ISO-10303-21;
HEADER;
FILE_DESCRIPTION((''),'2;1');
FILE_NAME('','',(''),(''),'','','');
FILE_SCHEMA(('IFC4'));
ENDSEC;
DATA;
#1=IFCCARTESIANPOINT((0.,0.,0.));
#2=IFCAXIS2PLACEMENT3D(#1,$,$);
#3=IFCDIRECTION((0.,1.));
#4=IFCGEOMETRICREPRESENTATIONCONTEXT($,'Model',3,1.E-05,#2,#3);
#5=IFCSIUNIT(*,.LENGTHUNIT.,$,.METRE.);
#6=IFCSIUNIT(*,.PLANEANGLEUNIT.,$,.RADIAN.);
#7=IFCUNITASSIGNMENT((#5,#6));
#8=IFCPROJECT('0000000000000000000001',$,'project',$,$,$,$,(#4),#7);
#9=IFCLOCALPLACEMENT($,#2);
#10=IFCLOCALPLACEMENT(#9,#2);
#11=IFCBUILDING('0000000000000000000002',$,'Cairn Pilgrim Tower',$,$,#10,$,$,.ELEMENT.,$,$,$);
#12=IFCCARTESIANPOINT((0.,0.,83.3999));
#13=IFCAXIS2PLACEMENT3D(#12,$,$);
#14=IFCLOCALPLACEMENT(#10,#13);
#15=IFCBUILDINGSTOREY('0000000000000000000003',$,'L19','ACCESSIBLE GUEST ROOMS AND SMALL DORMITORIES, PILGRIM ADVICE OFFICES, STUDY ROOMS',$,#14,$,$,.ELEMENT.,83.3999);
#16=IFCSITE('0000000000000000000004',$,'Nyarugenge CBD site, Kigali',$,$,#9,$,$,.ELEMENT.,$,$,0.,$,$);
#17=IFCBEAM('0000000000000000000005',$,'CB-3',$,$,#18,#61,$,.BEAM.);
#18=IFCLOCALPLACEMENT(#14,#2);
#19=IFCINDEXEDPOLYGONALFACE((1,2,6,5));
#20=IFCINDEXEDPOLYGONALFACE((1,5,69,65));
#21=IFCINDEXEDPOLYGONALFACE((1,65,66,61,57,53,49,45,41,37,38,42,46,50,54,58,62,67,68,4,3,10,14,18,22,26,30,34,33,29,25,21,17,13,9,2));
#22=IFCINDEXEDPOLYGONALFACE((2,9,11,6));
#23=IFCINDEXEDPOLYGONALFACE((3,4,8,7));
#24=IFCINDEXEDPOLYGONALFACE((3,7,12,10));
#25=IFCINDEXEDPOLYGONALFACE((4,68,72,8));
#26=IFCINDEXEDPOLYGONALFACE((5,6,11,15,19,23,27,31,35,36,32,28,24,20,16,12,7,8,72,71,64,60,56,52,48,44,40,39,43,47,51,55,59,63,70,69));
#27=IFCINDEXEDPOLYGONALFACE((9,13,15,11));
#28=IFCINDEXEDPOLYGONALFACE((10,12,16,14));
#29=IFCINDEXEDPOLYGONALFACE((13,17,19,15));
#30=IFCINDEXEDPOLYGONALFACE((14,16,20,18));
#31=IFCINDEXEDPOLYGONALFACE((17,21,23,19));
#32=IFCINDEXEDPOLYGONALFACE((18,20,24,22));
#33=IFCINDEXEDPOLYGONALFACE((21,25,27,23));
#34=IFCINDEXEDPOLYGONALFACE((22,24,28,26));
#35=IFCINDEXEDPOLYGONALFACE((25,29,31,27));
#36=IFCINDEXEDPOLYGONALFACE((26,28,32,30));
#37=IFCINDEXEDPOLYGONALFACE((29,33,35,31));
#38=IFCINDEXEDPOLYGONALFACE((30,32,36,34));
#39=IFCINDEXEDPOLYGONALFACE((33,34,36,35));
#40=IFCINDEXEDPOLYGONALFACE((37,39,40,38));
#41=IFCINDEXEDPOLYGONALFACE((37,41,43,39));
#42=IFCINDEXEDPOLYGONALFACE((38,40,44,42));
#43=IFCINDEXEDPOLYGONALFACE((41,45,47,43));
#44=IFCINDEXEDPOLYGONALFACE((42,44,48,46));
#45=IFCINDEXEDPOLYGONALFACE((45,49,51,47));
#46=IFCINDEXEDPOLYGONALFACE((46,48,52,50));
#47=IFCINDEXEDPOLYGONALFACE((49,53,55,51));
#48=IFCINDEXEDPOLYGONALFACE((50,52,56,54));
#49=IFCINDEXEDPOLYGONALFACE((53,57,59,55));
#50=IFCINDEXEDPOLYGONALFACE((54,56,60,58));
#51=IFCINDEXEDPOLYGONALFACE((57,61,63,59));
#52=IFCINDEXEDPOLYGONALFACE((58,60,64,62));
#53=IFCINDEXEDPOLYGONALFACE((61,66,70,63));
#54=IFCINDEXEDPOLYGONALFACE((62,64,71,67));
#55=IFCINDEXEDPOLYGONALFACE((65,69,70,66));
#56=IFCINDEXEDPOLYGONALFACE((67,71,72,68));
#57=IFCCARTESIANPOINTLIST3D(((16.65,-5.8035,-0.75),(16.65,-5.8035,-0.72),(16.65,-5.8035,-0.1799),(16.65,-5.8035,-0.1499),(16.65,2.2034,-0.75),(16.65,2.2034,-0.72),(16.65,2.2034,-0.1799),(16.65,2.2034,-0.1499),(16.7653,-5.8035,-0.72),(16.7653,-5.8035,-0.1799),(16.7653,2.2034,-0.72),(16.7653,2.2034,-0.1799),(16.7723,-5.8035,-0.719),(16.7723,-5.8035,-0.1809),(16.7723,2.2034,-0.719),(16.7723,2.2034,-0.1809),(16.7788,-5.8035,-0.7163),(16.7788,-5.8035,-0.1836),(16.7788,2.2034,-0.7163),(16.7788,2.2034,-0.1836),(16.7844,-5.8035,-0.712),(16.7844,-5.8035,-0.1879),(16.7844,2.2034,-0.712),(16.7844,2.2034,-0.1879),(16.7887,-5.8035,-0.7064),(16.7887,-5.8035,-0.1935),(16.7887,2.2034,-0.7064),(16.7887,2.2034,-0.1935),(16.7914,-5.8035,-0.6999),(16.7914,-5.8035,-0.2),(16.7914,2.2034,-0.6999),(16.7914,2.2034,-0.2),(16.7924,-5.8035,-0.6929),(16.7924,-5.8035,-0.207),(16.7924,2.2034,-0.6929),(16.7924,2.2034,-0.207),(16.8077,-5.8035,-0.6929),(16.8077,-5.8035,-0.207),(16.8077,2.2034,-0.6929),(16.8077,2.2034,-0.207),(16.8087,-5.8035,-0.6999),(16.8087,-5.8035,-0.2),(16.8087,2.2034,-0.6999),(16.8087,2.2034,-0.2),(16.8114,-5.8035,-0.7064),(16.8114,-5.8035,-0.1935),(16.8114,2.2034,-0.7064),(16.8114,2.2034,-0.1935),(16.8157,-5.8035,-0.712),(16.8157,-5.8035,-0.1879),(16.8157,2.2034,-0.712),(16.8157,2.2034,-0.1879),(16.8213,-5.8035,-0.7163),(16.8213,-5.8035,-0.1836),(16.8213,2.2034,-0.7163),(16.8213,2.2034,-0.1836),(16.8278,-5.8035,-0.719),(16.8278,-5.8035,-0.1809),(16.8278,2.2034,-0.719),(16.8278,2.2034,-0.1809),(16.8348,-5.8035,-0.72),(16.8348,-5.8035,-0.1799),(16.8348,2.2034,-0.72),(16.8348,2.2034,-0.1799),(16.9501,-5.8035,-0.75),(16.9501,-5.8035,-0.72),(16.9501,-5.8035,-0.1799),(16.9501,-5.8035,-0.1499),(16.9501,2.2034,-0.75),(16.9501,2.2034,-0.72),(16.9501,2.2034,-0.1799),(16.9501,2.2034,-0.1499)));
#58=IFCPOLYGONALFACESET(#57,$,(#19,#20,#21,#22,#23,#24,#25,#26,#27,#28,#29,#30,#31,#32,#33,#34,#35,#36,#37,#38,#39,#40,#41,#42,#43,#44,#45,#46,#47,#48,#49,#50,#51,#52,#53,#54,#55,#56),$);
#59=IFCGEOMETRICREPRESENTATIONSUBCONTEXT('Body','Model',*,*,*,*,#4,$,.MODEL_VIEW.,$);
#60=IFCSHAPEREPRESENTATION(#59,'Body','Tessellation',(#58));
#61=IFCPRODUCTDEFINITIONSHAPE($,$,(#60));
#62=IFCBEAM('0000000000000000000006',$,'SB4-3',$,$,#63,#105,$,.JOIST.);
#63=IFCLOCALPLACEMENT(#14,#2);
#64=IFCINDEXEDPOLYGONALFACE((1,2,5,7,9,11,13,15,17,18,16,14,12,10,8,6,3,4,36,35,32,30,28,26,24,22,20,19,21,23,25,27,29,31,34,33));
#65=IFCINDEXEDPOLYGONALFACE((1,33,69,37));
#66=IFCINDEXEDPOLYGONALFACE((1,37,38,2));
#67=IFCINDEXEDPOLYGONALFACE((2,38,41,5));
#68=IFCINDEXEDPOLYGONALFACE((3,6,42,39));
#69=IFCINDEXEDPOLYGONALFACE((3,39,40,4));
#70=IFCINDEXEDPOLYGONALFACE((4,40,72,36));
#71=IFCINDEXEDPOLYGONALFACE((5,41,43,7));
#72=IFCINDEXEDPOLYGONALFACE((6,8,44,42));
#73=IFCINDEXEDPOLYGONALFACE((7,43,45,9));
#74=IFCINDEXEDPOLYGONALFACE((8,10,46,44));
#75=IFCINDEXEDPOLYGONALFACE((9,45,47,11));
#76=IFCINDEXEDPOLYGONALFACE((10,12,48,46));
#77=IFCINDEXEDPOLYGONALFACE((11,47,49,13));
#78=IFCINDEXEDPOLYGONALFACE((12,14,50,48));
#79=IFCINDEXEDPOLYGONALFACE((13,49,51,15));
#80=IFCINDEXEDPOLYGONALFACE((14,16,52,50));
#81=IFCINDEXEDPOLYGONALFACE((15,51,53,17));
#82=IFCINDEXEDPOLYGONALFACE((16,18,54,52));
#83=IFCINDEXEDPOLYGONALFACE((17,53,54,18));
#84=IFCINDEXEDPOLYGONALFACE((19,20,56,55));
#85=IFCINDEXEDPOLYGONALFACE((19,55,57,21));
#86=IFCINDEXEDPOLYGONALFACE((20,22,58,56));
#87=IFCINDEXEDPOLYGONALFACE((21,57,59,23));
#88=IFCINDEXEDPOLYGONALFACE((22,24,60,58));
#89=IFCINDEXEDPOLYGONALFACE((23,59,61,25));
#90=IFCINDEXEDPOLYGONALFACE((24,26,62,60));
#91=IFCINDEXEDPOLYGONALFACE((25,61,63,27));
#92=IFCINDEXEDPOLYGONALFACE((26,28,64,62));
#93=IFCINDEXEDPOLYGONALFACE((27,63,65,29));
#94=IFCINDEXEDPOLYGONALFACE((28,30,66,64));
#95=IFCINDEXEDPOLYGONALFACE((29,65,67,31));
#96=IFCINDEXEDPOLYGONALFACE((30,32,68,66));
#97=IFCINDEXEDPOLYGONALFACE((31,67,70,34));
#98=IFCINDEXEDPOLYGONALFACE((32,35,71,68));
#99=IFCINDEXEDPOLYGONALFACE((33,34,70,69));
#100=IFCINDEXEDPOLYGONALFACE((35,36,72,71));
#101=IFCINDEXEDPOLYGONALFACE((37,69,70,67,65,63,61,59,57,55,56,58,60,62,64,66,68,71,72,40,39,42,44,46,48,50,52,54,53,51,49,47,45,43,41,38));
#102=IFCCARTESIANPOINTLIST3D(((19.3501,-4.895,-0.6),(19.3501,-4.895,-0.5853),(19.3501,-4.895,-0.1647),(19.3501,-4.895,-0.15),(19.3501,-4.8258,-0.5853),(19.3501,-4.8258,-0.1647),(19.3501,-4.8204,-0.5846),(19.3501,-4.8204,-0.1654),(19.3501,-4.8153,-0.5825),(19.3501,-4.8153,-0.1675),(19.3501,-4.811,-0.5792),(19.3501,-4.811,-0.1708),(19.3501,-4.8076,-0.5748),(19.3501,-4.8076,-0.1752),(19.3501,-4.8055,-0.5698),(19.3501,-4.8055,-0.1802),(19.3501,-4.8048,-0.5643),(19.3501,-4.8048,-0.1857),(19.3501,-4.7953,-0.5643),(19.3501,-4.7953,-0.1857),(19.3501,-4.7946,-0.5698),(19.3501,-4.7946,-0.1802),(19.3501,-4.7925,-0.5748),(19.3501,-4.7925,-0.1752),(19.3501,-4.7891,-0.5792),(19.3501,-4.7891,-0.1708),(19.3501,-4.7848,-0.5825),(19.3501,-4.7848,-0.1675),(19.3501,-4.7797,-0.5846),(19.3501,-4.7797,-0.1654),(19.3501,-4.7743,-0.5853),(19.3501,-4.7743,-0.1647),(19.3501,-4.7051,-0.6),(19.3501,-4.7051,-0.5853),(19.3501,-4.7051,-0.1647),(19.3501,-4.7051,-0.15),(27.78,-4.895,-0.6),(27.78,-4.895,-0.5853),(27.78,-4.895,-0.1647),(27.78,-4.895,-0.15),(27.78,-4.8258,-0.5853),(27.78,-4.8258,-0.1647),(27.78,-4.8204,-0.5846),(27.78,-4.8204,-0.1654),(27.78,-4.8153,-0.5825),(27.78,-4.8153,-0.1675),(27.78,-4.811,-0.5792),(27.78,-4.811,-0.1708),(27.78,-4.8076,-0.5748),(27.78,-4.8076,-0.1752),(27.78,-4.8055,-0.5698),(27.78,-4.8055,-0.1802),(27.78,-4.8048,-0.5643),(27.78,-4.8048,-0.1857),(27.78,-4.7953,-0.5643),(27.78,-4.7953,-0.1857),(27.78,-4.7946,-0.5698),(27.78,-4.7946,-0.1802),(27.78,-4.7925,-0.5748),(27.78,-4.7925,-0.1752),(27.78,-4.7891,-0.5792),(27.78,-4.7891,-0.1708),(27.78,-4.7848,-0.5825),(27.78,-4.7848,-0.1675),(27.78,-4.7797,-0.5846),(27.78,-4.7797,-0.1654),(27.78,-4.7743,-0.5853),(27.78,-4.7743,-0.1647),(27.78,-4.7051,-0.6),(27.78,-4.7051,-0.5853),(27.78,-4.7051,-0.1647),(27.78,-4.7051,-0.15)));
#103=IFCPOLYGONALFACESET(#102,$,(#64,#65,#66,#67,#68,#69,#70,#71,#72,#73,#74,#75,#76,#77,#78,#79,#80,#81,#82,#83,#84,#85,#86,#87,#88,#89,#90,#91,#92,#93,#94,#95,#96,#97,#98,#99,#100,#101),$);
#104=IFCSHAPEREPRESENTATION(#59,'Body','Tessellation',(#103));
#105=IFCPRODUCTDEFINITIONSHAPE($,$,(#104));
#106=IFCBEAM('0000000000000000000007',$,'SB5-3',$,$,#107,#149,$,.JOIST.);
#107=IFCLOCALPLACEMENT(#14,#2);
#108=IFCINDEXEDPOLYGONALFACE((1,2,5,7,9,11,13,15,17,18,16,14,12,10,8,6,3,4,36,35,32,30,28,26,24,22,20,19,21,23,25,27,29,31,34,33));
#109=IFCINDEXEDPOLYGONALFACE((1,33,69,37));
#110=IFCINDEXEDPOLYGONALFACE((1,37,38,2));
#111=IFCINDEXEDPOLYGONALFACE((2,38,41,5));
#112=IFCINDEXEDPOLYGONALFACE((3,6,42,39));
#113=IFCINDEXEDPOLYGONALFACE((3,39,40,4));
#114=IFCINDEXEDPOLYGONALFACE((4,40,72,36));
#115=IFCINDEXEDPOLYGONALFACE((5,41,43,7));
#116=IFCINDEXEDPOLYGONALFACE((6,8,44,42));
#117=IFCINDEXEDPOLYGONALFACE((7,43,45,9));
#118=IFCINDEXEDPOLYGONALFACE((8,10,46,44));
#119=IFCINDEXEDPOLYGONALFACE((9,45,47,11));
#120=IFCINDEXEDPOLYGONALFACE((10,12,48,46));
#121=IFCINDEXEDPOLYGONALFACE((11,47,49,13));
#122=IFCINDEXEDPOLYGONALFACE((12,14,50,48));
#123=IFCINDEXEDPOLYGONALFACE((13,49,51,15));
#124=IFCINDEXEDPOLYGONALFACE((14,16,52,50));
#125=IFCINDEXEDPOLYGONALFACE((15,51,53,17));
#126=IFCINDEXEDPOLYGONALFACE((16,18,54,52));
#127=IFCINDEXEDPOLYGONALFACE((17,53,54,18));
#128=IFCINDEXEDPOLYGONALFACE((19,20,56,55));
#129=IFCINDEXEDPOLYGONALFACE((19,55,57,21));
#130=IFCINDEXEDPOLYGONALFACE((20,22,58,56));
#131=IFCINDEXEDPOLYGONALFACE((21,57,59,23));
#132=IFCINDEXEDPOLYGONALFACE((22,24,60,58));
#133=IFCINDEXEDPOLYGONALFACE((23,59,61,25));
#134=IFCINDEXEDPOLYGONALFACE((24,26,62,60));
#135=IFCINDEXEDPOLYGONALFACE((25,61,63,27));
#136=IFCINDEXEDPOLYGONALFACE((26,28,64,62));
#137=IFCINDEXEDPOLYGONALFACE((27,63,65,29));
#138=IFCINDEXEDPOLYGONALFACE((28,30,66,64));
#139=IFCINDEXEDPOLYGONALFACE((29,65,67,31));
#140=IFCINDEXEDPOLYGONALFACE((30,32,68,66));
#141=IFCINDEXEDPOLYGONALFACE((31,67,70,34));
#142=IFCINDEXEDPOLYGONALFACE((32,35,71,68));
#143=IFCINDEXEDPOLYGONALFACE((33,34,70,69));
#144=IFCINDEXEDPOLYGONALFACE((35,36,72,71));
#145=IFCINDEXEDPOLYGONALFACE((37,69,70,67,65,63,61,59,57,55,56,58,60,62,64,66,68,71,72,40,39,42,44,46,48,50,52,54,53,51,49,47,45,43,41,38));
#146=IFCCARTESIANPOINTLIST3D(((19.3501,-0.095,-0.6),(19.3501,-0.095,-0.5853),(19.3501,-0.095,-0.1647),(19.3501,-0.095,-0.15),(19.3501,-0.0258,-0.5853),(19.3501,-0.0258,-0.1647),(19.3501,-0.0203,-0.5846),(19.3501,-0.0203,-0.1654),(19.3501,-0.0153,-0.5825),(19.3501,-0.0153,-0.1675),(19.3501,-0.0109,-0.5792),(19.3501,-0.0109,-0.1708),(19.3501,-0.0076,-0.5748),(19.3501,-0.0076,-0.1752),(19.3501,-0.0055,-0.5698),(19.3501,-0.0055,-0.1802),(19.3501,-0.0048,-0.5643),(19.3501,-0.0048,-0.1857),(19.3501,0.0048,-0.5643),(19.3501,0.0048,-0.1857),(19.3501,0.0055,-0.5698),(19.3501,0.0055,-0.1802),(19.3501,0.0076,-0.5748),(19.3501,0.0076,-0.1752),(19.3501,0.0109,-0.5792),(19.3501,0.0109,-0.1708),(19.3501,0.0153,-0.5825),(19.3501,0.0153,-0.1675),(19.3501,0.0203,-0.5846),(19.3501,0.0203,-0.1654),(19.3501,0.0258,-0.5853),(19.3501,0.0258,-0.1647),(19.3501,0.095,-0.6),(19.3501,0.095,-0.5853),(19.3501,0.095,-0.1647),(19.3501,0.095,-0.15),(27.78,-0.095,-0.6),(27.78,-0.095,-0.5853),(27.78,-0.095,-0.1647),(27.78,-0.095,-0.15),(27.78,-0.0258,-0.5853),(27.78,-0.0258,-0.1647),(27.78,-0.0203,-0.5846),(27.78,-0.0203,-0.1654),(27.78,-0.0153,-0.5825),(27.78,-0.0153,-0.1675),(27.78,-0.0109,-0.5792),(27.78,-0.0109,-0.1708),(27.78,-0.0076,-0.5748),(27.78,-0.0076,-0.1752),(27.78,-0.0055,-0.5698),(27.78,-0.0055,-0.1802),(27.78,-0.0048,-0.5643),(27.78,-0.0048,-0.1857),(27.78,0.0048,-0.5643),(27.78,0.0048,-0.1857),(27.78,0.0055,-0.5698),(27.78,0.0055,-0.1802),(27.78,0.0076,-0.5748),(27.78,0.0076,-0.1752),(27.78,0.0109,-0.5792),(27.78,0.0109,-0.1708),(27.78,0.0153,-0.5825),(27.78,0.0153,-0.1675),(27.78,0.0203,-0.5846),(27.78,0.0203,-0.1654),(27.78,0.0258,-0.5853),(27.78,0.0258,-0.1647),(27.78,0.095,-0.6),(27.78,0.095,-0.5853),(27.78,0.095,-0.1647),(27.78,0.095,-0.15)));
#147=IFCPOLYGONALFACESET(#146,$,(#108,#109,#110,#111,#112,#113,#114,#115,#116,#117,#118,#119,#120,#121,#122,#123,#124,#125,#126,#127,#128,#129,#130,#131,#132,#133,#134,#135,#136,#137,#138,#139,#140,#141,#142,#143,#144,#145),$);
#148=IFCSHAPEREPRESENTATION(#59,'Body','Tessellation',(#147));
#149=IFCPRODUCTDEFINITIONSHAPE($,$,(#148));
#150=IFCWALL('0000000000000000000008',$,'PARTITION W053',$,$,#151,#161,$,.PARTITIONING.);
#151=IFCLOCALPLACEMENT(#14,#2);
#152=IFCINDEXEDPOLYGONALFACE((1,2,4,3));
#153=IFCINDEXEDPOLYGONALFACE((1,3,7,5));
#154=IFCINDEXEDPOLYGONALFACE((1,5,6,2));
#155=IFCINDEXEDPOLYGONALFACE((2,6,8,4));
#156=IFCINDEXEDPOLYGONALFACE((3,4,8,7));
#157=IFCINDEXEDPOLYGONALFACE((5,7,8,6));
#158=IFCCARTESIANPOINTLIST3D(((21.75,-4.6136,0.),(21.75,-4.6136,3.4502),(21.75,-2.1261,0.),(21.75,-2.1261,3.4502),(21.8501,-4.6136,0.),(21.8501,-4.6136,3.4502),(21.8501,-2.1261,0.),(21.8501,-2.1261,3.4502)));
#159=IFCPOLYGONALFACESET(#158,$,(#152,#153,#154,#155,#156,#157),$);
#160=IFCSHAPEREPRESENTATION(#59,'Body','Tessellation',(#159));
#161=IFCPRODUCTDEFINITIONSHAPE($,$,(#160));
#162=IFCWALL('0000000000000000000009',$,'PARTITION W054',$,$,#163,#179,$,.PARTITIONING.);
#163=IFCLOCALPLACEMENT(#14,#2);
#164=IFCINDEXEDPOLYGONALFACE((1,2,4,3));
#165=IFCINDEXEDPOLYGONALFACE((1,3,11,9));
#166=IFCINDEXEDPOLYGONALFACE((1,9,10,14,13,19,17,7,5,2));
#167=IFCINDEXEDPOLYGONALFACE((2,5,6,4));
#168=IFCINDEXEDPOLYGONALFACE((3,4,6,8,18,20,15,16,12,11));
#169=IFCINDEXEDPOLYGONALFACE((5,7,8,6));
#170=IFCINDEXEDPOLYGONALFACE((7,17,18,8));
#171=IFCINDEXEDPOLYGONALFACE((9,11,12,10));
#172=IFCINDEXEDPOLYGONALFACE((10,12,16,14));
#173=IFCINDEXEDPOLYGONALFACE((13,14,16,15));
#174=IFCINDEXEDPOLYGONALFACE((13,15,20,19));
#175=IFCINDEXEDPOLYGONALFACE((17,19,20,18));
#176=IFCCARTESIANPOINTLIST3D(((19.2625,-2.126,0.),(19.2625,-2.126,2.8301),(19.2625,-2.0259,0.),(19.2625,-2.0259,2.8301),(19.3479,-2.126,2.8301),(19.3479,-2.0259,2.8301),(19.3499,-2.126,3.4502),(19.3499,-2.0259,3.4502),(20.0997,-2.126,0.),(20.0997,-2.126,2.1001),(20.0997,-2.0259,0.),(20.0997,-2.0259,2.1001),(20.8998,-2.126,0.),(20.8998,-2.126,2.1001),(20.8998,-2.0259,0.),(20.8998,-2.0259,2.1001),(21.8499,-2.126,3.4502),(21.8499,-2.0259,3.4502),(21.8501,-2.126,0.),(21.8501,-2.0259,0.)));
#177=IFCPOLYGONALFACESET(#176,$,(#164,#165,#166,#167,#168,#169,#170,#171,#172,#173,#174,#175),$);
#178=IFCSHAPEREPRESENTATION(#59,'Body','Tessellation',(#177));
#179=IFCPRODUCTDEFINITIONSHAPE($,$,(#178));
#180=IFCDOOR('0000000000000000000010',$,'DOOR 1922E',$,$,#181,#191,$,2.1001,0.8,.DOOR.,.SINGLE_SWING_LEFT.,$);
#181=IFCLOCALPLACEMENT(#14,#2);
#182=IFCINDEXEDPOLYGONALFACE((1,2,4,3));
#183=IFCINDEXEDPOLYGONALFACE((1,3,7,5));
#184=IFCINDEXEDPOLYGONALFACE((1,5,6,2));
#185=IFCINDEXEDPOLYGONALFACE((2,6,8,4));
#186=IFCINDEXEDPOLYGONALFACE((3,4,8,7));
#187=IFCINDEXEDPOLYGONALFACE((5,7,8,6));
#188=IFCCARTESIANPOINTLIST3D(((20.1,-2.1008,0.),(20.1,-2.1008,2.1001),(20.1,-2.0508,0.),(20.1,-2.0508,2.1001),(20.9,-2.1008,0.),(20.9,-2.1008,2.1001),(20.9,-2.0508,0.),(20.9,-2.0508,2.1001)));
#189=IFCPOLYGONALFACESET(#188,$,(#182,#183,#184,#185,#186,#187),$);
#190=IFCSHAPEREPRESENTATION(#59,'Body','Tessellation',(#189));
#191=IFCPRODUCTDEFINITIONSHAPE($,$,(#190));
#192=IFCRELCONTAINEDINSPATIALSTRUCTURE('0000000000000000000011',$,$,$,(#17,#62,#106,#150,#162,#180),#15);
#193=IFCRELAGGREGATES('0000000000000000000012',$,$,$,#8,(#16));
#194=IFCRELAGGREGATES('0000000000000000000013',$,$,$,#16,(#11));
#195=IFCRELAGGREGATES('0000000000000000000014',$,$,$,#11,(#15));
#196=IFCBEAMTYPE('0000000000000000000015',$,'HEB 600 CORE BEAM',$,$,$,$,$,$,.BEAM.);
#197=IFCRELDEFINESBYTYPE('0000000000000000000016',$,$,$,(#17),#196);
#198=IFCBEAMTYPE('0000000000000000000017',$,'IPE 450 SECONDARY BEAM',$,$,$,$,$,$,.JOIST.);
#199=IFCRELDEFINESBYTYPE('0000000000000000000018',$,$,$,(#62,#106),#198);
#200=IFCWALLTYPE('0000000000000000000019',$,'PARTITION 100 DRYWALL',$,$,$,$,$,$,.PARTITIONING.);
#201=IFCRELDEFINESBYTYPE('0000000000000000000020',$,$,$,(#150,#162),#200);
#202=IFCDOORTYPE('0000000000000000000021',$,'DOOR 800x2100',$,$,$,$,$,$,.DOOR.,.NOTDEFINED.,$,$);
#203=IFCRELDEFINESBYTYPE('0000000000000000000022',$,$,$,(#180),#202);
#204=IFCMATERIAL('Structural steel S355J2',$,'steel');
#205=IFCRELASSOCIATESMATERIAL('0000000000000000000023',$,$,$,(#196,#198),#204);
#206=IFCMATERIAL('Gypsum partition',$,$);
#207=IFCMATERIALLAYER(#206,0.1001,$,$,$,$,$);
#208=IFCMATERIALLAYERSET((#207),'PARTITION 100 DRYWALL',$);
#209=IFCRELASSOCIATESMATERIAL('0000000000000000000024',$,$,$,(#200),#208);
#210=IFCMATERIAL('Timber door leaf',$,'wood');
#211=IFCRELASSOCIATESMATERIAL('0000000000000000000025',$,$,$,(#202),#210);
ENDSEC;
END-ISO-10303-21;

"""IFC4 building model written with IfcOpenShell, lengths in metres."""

from ifc_helpers import new_model, si_unit, direction, frame, frame_2d, origin, origin_2d, place, context, subcontext, project, spatial, polyline, rectangle, i_section, outline, extrude, material, layer, layer_set, material_profile, profile_set, type_object, element, fill, save


model = new_model("IFC4")

# Units and contexts
model_context = context("Model", 3, precision=1e-05, world=origin(), true_north=direction((0.0, 1.0)))
body_context = subcontext(model_context, "Body", "Model", "MODEL_VIEW")
ifc_project = project(units=[si_unit("LENGTHUNIT", "METRE"), si_unit("PLANEANGLEUNIT", "RADIAN")], contexts=[model_context])

# Site, building, storey
site_placement = place(None, origin())
site = spatial("IfcSite", under=ifc_project, at=site_placement, Name="Nyarugenge CBD site, Kigali", CompositionType="ELEMENT", RefElevation=0.0)
building_placement = place(site_placement, origin())
building = spatial("IfcBuilding", under=site, at=building_placement, Name="Cairn Pilgrim Tower", CompositionType="ELEMENT")
storey_placement = place(building_placement, frame((0.0, 0.0, 83.3999)))
storey = spatial("IfcBuildingStorey", under=building, at=storey_placement, Name="L19", Description="ACCESSIBLE GUEST ROOMS AND SMALL DORMITORIES, PILGRIM ADVICE OFFICES, STUDY ROOMS", CompositionType="ELEMENT", Elevation=83.3999)

# Beams
ifc_material_1 = material(Name="Structural steel S355J2", Category="steel")
ifc_material_profile_1 = material_profile(ifc_material_1, i_section(OverallWidth=0.3, OverallDepth=0.6001, WebThickness=0.0154, FlangeThickness=0.03, FilletRadius=0.0271, at=origin_2d()), Name="HEB 600")
ifc_profile_set_1 = profile_set([ifc_material_profile_1], Name="Structural steel S355J2")
beam_type_1 = type_object("IfcBeamType", Name="HEB 600 CORE BEAM", PredefinedType="BEAM", material=ifc_profile_set_1)
beam_1_placement = place(storey_placement, frame((16.8, -5.8035, -0.45), z_axis=(0.0, 1.0, 0.0), x_axis=(-1.0, 0.0, 0.0)))
element("IfcBeam", 1, at=beam_1_placement, inside=storey, type_object=beam_type_1, Name="CB-3", PredefinedType="BEAM", context=body_context, shape_type="SweptSolid", body=[
    extrude(i_section(OverallWidth=0.3, OverallDepth=0.6001, WebThickness=0.0154, FlangeThickness=0.03, FilletRadius=0.0271, at=origin_2d()), origin(), (0.0, 0.0, 1.0), 8.0068),
])
ifc_material_profile_2 = material_profile(ifc_material_1, i_section(OverallWidth=0.1899, OverallDepth=0.45, WebThickness=0.0095, FlangeThickness=0.0146, FilletRadius=0.021, at=origin_2d()), Name="IPE 450")
ifc_profile_set_2 = profile_set([ifc_material_profile_2], Name="Structural steel S355J2")
beam_type_2 = type_object("IfcBeamType", Name="IPE 450 SECONDARY BEAM", PredefinedType="JOIST", material=ifc_profile_set_2)
for number, where, z_axis, x_axis, name in (
    (2, (19.3501, -4.8, -0.375), (1.0, 0.0, 0.0), (0.0, 1.0, 0.0), "SB4-3"),
    (3, (19.3501, 0.0, -0.375), (1.0, 0.0, 0.0), (0.0, 1.0, 0.0), "SB5-3"),
):
    element("IfcBeam", number, at=place(storey_placement, frame(where, z_axis=z_axis, x_axis=x_axis)), inside=storey, type_object=beam_type_2, Name=name, PredefinedType="JOIST", context=body_context, shape_type="SweptSolid", body=[
        extrude(i_section(OverallWidth=0.1899, OverallDepth=0.45, WebThickness=0.0095, FlangeThickness=0.0146, FilletRadius=0.021, at=origin_2d()), origin(), (0.0, 0.0, 1.0), 8.4299),
    ])

# Wall
ifc_material_2 = material(Name="Gypsum partition")
ifc_layer_1 = layer(ifc_material_2, 0.1001)
ifc_layer_set_1 = layer_set([ifc_layer_1], Name="PARTITION 100 DRYWALL")
wall_type_1 = type_object("IfcWallType", Name="PARTITION 100 DRYWALL", PredefinedType="PARTITIONING", material=ifc_layer_set_1)
wall_1_placement = place(storey_placement, frame((21.8, -4.6135, 0.0), z_axis=(0.0, 0.0, 1.0), x_axis=(0.0, 1.0, 0.0)))
element("IfcWall", 4, at=wall_1_placement, inside=storey, type_object=wall_type_1, Name="PARTITION W053", PredefinedType="PARTITIONING", context=body_context, shape_type="SweptSolid", body=[
    extrude(rectangle(XDim=2.4875, YDim=0.1001, at=frame_2d((1.2437, 0.0))), origin(), (0.0, 0.0, 1.0), 3.4502),
])

# Wall, opening, door
wall_2_placement = place(storey_placement, frame((19.2625, -2.0759, 0.0), z_axis=(0.0, 0.0, 1.0), x_axis=(1.0, 0.0, 0.0)))
wall_2 = element("IfcWall", 5, at=wall_2_placement, inside=storey, type_object=wall_type_1, Name="PARTITION W054", PredefinedType="PARTITIONING", context=body_context, shape_type="SweptSolid", body=[
    extrude(outline(polyline([(0.0, 0.0), (2.5876, 0.0), (2.5874, 3.4502), (0.0874, 3.4502), (0.0854, 2.8301), (0.0, 2.8301), (0.0, 0.0)])), frame((0.0, 0.05, 0.0), z_axis=(0.0, -1.0, 0.0), x_axis=(1.0, 0.0, 0.0)), (0.0, 0.0, 1.0), 0.1001),
])
opening_1_placement = place(wall_2_placement, frame((0.8374, 0.0, 0.0)))
opening_1 = element("IfcOpeningElement", 6, at=opening_1_placement, cuts=wall_2, PredefinedType="OPENING", context=body_context, shape_type="SweptSolid", body=[
    extrude(rectangle(XDim=0.8, YDim=2.1001, at=frame_2d((0.3999, 1.05))), frame((0.0, 0.0601, 0.0), z_axis=(0.0, -1.0, 0.0), x_axis=(1.0, 0.0, 0.0)), (0.0, 0.0, 1.0), 0.1201),
])
ifc_material_3 = material(Name="Timber door leaf", Category="wood")
door_type_1 = type_object("IfcDoorType", Name="DOOR 800x2100", OperationType="NOTDEFINED", PredefinedType="DOOR", material=ifc_material_3)
door_1_placement = place(opening_1_placement, frame((0.8, 0.0, 0.0), z_axis=(0.0, 0.0, 1.0), x_axis=(-1.0, 0.0, 0.0)))
door_1 = element("IfcDoor", 7, at=door_1_placement, inside=storey, type_object=door_type_1, Name="DOOR 1922E", OperationType="SINGLE_SWING_LEFT", OverallHeight=2.1001, OverallWidth=0.8, PredefinedType="DOOR", context=body_context, shape_type="SweptSolid", body=[
    extrude(rectangle(XDim=0.8, YDim=2.1001, at=frame_2d((0.3999, 1.05))), frame((0.0, 0.0249, 0.0), z_axis=(0.0, -1.0, 0.0), x_axis=(1.0, 0.0, 0.0)), (0.0, 0.0, 1.0), 0.05),
])
fill(opening_1, door_1)

save(model, "model.ifc")
